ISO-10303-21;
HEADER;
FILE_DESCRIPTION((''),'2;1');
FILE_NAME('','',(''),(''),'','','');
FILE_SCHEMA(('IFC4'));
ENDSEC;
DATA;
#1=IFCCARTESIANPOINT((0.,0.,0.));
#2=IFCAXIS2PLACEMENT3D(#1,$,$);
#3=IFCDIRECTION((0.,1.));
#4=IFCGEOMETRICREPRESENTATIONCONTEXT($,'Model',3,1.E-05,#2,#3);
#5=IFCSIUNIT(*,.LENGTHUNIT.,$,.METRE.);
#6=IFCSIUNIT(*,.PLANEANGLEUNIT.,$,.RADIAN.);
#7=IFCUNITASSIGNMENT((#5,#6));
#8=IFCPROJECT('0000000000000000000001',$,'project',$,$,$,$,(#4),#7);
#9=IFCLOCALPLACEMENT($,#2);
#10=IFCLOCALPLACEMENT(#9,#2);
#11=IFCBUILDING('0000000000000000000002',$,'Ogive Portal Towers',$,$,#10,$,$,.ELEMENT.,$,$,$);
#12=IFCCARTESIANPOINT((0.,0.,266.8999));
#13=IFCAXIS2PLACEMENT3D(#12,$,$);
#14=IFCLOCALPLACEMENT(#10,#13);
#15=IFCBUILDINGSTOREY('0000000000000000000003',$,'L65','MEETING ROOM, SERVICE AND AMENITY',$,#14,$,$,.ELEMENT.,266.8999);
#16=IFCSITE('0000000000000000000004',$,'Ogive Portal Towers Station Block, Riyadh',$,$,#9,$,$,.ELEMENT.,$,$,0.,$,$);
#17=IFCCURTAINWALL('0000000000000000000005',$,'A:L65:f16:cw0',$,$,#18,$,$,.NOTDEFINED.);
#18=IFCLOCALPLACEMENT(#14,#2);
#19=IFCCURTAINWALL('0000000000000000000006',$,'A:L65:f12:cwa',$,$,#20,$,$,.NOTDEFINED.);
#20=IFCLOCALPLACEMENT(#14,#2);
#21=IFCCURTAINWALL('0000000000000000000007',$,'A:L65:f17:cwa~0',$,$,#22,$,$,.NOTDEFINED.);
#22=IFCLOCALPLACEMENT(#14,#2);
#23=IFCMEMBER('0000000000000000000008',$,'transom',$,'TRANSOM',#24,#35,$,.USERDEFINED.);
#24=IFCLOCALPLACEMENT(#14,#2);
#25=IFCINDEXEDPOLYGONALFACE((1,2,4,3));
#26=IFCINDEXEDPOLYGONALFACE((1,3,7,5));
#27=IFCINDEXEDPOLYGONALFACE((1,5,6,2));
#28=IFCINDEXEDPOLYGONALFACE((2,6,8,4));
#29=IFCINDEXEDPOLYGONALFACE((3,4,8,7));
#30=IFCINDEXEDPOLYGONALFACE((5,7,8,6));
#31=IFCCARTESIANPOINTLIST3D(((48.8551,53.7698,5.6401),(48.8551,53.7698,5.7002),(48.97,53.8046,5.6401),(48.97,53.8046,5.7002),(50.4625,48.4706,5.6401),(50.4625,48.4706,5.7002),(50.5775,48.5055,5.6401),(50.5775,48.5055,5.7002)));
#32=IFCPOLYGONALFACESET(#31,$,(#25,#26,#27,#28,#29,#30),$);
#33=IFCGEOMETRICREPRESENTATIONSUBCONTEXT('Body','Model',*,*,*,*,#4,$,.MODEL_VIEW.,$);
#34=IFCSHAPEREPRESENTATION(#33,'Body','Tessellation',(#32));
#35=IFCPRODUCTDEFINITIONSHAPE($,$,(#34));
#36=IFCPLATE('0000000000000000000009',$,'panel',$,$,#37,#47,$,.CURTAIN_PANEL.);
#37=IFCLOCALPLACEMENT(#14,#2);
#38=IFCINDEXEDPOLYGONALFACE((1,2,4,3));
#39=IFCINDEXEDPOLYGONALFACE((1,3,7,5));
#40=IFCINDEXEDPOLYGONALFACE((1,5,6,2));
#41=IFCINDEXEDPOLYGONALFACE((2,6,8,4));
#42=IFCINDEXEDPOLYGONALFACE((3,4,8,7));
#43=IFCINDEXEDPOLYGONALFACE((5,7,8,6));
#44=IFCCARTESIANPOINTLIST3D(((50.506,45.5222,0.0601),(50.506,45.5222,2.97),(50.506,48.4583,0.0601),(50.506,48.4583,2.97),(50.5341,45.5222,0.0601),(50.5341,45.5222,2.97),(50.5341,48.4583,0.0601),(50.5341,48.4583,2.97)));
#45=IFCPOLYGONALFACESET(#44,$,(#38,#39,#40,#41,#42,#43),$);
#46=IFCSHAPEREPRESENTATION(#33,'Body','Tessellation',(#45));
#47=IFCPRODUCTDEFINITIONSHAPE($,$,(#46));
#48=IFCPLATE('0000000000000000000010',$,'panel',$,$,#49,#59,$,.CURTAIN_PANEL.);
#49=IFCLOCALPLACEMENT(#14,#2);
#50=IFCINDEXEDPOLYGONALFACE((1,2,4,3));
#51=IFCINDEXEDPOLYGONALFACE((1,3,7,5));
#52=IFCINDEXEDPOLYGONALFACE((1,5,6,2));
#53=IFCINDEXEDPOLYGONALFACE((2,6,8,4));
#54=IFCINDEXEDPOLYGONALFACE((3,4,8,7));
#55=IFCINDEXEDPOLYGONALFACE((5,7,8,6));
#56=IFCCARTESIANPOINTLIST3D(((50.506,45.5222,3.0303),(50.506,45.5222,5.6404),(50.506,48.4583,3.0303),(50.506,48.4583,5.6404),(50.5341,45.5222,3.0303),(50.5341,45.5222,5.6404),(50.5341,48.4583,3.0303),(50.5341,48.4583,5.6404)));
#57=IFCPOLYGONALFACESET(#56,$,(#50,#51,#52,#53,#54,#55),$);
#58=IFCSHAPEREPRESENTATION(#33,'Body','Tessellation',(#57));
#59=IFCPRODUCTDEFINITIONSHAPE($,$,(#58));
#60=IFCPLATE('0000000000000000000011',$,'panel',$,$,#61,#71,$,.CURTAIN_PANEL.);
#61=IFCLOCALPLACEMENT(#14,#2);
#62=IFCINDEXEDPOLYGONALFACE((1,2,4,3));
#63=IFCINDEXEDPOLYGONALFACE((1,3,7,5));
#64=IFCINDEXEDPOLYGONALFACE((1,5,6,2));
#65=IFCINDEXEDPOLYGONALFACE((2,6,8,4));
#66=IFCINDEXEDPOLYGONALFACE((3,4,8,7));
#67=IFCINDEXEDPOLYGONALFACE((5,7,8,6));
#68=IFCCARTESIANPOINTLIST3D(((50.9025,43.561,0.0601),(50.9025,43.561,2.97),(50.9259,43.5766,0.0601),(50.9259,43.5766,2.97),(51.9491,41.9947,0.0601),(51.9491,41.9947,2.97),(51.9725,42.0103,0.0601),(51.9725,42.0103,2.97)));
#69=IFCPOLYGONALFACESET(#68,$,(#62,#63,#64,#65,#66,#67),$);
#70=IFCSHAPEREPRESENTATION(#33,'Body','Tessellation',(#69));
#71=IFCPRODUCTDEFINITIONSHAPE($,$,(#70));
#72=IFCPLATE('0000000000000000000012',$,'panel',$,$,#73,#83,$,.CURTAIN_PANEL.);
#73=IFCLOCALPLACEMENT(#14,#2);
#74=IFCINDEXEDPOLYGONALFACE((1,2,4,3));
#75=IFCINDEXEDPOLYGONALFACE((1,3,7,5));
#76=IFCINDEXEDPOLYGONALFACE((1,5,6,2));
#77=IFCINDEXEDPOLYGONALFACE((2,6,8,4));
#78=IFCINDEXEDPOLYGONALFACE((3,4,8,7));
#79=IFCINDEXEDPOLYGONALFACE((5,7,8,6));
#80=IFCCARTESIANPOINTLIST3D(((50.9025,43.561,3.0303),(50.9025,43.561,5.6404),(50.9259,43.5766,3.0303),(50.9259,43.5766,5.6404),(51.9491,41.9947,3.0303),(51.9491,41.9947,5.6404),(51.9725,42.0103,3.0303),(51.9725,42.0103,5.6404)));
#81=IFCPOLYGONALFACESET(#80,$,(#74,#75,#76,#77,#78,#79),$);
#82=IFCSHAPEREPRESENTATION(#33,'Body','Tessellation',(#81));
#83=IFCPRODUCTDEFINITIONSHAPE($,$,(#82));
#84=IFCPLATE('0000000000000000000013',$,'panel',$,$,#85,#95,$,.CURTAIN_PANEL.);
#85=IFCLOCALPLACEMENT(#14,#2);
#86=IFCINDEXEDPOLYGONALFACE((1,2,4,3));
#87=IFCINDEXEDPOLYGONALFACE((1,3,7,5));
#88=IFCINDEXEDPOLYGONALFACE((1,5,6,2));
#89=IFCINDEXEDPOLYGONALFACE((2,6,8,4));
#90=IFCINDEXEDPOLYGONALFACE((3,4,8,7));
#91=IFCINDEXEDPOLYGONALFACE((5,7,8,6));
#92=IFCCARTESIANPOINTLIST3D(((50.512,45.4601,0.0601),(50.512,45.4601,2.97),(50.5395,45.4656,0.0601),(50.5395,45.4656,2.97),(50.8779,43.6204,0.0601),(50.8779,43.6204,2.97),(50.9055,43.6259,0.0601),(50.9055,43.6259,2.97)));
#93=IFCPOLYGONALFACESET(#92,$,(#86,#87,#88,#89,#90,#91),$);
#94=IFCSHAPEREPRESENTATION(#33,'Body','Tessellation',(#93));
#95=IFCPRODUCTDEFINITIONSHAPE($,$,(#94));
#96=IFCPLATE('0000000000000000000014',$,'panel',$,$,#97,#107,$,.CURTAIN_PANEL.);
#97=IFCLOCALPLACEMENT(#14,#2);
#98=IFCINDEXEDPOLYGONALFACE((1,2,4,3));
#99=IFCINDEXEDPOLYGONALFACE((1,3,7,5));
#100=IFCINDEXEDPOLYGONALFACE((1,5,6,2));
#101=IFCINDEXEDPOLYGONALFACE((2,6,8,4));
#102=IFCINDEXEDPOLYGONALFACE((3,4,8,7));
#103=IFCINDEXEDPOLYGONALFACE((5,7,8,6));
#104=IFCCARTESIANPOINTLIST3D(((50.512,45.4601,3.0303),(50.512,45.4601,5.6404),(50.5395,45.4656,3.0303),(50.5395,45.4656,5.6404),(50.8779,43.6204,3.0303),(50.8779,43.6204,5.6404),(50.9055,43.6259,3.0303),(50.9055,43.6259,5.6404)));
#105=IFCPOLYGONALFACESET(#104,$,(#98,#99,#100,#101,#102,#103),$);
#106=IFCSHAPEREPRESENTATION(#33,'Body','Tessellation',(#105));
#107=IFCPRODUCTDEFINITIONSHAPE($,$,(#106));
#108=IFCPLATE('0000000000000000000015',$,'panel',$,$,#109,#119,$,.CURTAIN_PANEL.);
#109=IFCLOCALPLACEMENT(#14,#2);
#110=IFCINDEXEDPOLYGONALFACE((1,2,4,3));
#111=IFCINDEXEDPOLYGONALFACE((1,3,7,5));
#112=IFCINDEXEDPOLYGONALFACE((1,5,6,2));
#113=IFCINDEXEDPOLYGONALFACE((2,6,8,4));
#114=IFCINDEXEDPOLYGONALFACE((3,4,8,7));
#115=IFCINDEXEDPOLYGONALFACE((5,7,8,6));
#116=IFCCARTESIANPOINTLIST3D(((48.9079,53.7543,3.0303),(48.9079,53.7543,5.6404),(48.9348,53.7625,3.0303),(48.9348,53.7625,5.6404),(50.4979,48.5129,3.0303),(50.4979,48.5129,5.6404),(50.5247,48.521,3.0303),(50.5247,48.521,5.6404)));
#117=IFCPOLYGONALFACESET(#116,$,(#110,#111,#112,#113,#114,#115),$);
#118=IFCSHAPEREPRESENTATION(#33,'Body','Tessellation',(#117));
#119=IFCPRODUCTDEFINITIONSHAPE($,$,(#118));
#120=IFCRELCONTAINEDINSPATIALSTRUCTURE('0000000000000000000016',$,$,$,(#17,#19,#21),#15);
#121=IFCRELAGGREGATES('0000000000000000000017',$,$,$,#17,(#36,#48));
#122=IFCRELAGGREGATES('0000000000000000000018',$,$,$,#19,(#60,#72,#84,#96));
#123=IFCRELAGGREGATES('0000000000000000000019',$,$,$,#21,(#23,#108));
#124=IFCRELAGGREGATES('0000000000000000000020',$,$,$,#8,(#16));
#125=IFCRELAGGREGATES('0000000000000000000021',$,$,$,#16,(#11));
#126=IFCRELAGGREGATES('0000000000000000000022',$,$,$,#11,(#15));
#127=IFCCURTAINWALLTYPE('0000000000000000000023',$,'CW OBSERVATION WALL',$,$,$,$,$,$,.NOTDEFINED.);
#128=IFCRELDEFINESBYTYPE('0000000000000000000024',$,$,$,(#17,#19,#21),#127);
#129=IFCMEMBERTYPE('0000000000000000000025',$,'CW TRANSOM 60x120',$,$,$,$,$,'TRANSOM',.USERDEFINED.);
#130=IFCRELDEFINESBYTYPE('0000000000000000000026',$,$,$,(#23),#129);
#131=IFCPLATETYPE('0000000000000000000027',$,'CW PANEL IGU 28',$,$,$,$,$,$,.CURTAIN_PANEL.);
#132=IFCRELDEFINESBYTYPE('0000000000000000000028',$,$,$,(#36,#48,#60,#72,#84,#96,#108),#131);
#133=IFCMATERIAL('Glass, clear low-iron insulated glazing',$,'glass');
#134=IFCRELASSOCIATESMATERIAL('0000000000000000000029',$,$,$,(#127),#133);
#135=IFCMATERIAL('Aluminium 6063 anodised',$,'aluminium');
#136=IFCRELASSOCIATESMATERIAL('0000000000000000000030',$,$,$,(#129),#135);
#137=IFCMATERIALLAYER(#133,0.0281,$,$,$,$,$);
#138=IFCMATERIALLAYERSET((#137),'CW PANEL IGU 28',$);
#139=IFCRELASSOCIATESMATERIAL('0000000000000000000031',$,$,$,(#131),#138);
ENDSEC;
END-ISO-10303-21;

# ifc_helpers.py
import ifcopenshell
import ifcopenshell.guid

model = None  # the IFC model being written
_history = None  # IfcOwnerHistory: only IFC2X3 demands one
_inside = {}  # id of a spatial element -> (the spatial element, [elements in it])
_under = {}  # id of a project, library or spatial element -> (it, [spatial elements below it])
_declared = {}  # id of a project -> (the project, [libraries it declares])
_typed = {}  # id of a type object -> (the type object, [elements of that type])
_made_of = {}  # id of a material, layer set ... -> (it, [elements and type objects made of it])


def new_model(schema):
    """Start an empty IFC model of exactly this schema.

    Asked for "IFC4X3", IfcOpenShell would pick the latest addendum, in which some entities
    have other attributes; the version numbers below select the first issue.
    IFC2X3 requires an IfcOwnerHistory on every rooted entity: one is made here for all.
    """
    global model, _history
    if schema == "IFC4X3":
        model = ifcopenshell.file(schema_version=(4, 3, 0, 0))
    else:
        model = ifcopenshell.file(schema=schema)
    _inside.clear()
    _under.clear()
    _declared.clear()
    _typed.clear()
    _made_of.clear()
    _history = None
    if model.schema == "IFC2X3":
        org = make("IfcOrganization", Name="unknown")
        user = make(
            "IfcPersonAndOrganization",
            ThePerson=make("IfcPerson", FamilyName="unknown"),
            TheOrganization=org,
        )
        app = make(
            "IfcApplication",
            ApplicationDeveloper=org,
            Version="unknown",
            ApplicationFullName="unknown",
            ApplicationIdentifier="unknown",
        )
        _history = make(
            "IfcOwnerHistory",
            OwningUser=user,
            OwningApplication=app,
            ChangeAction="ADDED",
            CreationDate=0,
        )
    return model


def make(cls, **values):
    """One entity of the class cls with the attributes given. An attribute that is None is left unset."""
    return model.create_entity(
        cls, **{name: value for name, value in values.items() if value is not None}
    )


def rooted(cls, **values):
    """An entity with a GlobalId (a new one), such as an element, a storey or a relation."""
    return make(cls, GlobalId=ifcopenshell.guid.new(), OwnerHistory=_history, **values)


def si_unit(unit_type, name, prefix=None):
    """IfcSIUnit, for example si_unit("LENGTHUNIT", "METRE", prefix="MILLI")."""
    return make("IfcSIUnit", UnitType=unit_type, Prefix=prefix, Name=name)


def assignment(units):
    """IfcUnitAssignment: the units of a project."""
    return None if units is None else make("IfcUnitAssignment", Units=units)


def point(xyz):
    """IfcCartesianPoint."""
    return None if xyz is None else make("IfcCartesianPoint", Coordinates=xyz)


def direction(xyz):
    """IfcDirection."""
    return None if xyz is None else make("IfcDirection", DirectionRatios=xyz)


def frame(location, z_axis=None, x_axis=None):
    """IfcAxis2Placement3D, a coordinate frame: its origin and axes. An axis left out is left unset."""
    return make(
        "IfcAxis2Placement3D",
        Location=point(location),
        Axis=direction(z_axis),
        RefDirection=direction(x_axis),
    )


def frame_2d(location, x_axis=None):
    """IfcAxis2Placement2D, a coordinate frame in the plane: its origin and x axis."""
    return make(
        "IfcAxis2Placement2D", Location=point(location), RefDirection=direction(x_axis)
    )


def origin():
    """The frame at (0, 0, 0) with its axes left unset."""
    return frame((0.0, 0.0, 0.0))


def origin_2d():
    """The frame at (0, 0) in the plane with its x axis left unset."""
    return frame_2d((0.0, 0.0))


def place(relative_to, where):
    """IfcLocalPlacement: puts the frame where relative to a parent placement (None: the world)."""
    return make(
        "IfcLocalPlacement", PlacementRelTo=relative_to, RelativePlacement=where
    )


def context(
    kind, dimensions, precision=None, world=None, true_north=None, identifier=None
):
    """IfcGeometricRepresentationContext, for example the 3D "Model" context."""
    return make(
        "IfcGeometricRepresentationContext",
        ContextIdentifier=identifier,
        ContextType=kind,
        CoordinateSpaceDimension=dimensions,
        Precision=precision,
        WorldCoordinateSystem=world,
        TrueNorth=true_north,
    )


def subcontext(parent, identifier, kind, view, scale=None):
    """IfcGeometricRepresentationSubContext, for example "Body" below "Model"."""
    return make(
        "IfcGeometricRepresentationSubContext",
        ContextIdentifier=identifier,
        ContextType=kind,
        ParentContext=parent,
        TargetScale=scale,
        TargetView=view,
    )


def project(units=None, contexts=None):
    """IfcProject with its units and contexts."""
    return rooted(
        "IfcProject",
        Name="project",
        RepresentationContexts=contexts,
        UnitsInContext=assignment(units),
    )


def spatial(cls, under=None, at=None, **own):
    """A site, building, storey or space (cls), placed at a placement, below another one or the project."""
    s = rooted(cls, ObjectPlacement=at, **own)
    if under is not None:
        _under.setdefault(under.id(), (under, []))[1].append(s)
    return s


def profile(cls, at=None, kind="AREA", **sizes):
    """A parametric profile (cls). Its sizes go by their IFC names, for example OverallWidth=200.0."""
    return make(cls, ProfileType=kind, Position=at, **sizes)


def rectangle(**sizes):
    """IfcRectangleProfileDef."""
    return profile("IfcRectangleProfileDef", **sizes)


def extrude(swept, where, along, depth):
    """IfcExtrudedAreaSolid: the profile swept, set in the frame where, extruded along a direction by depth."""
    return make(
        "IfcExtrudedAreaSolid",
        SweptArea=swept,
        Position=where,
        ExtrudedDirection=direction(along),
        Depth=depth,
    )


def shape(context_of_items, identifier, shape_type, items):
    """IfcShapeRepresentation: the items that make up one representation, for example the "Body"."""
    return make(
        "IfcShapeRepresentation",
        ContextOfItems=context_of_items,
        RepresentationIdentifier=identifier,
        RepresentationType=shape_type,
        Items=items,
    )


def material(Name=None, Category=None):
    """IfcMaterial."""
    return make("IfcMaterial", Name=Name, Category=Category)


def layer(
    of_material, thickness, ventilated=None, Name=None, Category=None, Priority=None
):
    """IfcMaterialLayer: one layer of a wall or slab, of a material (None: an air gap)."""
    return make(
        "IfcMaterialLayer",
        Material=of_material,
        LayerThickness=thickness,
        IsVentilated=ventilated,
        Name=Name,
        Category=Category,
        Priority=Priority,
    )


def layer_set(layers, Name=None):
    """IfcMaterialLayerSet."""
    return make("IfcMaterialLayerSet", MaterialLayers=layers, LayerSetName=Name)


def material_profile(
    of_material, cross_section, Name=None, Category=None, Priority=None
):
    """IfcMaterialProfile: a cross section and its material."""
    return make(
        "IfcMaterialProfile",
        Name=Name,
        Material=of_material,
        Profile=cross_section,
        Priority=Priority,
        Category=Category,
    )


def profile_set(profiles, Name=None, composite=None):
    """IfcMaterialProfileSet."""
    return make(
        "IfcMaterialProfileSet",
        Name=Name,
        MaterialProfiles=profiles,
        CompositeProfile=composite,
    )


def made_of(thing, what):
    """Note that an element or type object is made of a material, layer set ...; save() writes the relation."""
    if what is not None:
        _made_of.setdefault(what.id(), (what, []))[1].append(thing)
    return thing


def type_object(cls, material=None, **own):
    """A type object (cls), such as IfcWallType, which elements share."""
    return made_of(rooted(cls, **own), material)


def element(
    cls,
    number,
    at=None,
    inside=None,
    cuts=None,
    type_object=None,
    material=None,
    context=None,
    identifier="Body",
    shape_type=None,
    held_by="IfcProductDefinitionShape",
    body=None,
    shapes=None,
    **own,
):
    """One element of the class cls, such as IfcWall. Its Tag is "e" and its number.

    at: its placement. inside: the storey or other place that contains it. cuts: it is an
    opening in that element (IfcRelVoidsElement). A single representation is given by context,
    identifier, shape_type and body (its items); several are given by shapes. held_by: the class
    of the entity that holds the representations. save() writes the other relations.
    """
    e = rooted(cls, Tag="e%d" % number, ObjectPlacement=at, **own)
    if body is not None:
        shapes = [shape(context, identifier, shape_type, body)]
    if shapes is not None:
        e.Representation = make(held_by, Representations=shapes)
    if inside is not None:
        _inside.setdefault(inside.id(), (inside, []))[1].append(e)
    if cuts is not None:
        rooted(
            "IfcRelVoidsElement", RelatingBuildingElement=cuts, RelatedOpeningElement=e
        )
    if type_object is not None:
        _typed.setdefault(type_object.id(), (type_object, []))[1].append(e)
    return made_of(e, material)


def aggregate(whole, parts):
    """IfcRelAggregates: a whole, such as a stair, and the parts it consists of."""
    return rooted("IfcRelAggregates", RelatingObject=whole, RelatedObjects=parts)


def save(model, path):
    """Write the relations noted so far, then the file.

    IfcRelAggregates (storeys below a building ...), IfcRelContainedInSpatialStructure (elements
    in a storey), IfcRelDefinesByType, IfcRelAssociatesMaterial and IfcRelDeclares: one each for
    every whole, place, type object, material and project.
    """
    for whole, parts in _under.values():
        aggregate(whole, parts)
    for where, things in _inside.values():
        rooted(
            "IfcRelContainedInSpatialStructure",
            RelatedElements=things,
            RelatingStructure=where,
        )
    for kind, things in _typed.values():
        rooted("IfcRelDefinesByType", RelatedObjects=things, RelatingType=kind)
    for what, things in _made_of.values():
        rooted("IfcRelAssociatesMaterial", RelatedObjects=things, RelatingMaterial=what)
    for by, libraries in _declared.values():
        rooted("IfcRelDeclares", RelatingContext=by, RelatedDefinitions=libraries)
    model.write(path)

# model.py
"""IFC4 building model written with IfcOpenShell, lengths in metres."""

from ifc_helpers import new_model, si_unit, direction, frame, origin, origin_2d, place, context, subcontext, project, spatial, rectangle, extrude, material, layer, layer_set, material_profile, profile_set, type_object, element, aggregate, save


model = new_model("IFC4")

# Units and contexts
model_context = context("Model", 3, precision=1e-05, world=origin(), true_north=direction((0.0, 1.0)))
body_context = subcontext(model_context, "Body", "Model", "MODEL_VIEW")
ifc_project = project(units=[si_unit("LENGTHUNIT", "METRE"), si_unit("PLANEANGLEUNIT", "RADIAN")], contexts=[model_context])

# Site, building, storey
site_placement = place(None, origin())
site = spatial("IfcSite", under=ifc_project, at=site_placement, Name="Ogive Portal Towers Station Block, Riyadh", CompositionType="ELEMENT", RefElevation=0.0)
building_placement = place(site_placement, origin())
building = spatial("IfcBuilding", under=site, at=building_placement, Name="Ogive Portal Towers", CompositionType="ELEMENT")
storey_placement = place(building_placement, frame((0.0, 0.0, 266.8999)))
storey = spatial("IfcBuildingStorey", under=building, at=storey_placement, Name="L65", Description="MEETING ROOM, SERVICE AND AMENITY", CompositionType="ELEMENT", Elevation=266.8999)

# Curtain wall
ifc_material_1 = material(Name="Glass, clear low-iron insulated glazing", Category="glass")
curtain_wall_type = type_object("IfcCurtainWallType", Name="CW OBSERVATION WALL", PredefinedType="NOTDEFINED", material=ifc_material_1)
curtain_wall_1_placement = place(storey_placement, origin())
curtain_wall_1 = element("IfcCurtainWall", 1, at=curtain_wall_1_placement, inside=storey, type_object=curtain_wall_type, Name="A:L65:f16:cw0", PredefinedType="NOTDEFINED")
ifc_material_2 = material(Name="Aluminium 6063 anodised", Category="aluminium")

# Curtain wall
curtain_wall_2_placement = place(storey_placement, origin())
curtain_wall_2 = element("IfcCurtainWall", 2, at=curtain_wall_2_placement, inside=storey, type_object=curtain_wall_type, Name="A:L65:f12:cwa", PredefinedType="NOTDEFINED")

# Shared definitions
ifc_material_profile_1 = material_profile(ifc_material_2, rectangle(XDim=0.1201, YDim=0.0601, at=origin_2d()), Name="AL 120x60")
ifc_profile_set_1 = profile_set([ifc_material_profile_1], Name="Aluminium 6063 anodised")
member_type_1 = type_object("IfcMemberType", Name="CW TRANSOM 60x120", ElementType="TRANSOM", PredefinedType="USERDEFINED", material=ifc_profile_set_1)

# Curtain wall, member
curtain_wall_3_placement = place(storey_placement, origin())
curtain_wall_3 = element("IfcCurtainWall", 3, at=curtain_wall_3_placement, inside=storey, type_object=curtain_wall_type, Name="A:L65:f17:cwa~0", PredefinedType="NOTDEFINED")
member_1_placement = place(storey_placement, frame((50.52, 48.488, 5.6702), z_axis=(-0.290279, 0.956942, 0.0), x_axis=(-0.956942, -0.290279, 0.0)))
member_1 = element("IfcMember", 4, at=member_1_placement, type_object=member_type_1, Name="transom", ObjectType="TRANSOM", PredefinedType="USERDEFINED", context=body_context, shape_type="SweptSolid", body=[
    extrude(rectangle(XDim=0.1201, YDim=0.0601, at=origin_2d()), origin(), (0.0, 0.0, 1.0), 5.5376),
])

# Plates
ifc_layer = layer(ifc_material_1, 0.0281)
ifc_layer_set = layer_set([ifc_layer], Name="CW PANEL IGU 28")
plate_type = type_object("IfcPlateType", Name="CW PANEL IGU 28", PredefinedType="CURTAIN_PANEL", material=ifc_layer_set)
plate_1_placement = place(storey_placement, frame((50.52, 46.9902, 0.0601), z_axis=(0.0, 0.0, 1.0), x_axis=(0.0, 1.0, 0.0)))
plate_1 = element("IfcPlate", 5, at=plate_1_placement, type_object=plate_type, Name="panel", PredefinedType="CURTAIN_PANEL", context=body_context, shape_type="SweptSolid", body=[
    extrude(rectangle(XDim=2.936, YDim=0.0281, at=origin_2d()), origin(), (0.0, 0.0, 1.0), 2.9099),
])
plate_2_placement = place(storey_placement, frame((50.52, 46.9902, 3.0303), z_axis=(0.0, 0.0, 1.0), x_axis=(0.0, 1.0, 0.0)))
plate_2 = element("IfcPlate", 6, at=plate_2_placement, type_object=plate_type, Name="panel", PredefinedType="CURTAIN_PANEL", context=body_context, shape_type="SweptSolid", body=[
    extrude(rectangle(XDim=2.936, YDim=0.0281, at=origin_2d()), origin(), (0.0, 0.0, 1.0), 2.6101),
])
aggregate(curtain_wall_1, [plate_1, plate_2])
plate_3_placement = place(storey_placement, frame((51.4375, 42.7856, 0.0601), z_axis=(0.0, 0.0, 1.0), x_axis=(-0.55557, 0.83147, 0.0)))
plate_3 = element("IfcPlate", 7, at=plate_3_placement, type_object=plate_type, Name="panel", PredefinedType="CURTAIN_PANEL", context=body_context, shape_type="SweptSolid", body=[
    extrude(rectangle(XDim=1.8838, YDim=0.0281, at=origin_2d()), origin(), (0.0, 0.0, 1.0), 2.9099),
])
plate_4_placement = place(storey_placement, frame((51.4375, 42.7856, 3.0303), z_axis=(0.0, 0.0, 1.0), x_axis=(-0.55557, 0.83147, 0.0)))
plate_4 = element("IfcPlate", 8, at=plate_4_placement, type_object=plate_type, Name="panel", PredefinedType="CURTAIN_PANEL", context=body_context, shape_type="SweptSolid", body=[
    extrude(rectangle(XDim=1.8838, YDim=0.0281, at=origin_2d()), origin(), (0.0, 0.0, 1.0), 2.6101),
])
plate_5_placement = place(storey_placement, frame((50.7087, 44.543, 0.0601), z_axis=(0.0, 0.0, 1.0), x_axis=(-0.19509, 0.980785, 0.0)))
plate_5 = element("IfcPlate", 9, at=plate_5_placement, type_object=plate_type, Name="panel", PredefinedType="CURTAIN_PANEL", context=body_context, shape_type="SweptSolid", body=[
    extrude(rectangle(XDim=1.8757, YDim=0.0281, at=origin_2d()), origin(), (0.0, 0.0, 1.0), 2.9099),
])
plate_6_placement = place(storey_placement, frame((50.7087, 44.543, 3.0303), z_axis=(0.0, 0.0, 1.0), x_axis=(-0.19509, 0.980785, 0.0)))
plate_6 = element("IfcPlate", 10, at=plate_6_placement, type_object=plate_type, Name="panel", PredefinedType="CURTAIN_PANEL", context=body_context, shape_type="SweptSolid", body=[
    extrude(rectangle(XDim=1.8757, YDim=0.0281, at=origin_2d()), origin(), (0.0, 0.0, 1.0), 2.6101),
])
aggregate(curtain_wall_2, [plate_3, plate_4, plate_5, plate_6])
plate_7_placement = place(storey_placement, frame((49.7163, 51.1377, 3.0303), z_axis=(0.0, 0.0, 1.0), x_axis=(-0.290285, 0.95694, 0.0)))
plate_7 = element("IfcPlate", 11, at=plate_7_placement, type_object=plate_type, Name="panel", PredefinedType="CURTAIN_PANEL", context=body_context, shape_type="SweptSolid", body=[
    extrude(rectangle(XDim=5.4773, YDim=0.0281, at=origin_2d()), origin(), (0.0, 0.0, 1.0), 2.6101),
])
aggregate(curtain_wall_3, [member_1, plate_7])

save(model, "model.ifc")
